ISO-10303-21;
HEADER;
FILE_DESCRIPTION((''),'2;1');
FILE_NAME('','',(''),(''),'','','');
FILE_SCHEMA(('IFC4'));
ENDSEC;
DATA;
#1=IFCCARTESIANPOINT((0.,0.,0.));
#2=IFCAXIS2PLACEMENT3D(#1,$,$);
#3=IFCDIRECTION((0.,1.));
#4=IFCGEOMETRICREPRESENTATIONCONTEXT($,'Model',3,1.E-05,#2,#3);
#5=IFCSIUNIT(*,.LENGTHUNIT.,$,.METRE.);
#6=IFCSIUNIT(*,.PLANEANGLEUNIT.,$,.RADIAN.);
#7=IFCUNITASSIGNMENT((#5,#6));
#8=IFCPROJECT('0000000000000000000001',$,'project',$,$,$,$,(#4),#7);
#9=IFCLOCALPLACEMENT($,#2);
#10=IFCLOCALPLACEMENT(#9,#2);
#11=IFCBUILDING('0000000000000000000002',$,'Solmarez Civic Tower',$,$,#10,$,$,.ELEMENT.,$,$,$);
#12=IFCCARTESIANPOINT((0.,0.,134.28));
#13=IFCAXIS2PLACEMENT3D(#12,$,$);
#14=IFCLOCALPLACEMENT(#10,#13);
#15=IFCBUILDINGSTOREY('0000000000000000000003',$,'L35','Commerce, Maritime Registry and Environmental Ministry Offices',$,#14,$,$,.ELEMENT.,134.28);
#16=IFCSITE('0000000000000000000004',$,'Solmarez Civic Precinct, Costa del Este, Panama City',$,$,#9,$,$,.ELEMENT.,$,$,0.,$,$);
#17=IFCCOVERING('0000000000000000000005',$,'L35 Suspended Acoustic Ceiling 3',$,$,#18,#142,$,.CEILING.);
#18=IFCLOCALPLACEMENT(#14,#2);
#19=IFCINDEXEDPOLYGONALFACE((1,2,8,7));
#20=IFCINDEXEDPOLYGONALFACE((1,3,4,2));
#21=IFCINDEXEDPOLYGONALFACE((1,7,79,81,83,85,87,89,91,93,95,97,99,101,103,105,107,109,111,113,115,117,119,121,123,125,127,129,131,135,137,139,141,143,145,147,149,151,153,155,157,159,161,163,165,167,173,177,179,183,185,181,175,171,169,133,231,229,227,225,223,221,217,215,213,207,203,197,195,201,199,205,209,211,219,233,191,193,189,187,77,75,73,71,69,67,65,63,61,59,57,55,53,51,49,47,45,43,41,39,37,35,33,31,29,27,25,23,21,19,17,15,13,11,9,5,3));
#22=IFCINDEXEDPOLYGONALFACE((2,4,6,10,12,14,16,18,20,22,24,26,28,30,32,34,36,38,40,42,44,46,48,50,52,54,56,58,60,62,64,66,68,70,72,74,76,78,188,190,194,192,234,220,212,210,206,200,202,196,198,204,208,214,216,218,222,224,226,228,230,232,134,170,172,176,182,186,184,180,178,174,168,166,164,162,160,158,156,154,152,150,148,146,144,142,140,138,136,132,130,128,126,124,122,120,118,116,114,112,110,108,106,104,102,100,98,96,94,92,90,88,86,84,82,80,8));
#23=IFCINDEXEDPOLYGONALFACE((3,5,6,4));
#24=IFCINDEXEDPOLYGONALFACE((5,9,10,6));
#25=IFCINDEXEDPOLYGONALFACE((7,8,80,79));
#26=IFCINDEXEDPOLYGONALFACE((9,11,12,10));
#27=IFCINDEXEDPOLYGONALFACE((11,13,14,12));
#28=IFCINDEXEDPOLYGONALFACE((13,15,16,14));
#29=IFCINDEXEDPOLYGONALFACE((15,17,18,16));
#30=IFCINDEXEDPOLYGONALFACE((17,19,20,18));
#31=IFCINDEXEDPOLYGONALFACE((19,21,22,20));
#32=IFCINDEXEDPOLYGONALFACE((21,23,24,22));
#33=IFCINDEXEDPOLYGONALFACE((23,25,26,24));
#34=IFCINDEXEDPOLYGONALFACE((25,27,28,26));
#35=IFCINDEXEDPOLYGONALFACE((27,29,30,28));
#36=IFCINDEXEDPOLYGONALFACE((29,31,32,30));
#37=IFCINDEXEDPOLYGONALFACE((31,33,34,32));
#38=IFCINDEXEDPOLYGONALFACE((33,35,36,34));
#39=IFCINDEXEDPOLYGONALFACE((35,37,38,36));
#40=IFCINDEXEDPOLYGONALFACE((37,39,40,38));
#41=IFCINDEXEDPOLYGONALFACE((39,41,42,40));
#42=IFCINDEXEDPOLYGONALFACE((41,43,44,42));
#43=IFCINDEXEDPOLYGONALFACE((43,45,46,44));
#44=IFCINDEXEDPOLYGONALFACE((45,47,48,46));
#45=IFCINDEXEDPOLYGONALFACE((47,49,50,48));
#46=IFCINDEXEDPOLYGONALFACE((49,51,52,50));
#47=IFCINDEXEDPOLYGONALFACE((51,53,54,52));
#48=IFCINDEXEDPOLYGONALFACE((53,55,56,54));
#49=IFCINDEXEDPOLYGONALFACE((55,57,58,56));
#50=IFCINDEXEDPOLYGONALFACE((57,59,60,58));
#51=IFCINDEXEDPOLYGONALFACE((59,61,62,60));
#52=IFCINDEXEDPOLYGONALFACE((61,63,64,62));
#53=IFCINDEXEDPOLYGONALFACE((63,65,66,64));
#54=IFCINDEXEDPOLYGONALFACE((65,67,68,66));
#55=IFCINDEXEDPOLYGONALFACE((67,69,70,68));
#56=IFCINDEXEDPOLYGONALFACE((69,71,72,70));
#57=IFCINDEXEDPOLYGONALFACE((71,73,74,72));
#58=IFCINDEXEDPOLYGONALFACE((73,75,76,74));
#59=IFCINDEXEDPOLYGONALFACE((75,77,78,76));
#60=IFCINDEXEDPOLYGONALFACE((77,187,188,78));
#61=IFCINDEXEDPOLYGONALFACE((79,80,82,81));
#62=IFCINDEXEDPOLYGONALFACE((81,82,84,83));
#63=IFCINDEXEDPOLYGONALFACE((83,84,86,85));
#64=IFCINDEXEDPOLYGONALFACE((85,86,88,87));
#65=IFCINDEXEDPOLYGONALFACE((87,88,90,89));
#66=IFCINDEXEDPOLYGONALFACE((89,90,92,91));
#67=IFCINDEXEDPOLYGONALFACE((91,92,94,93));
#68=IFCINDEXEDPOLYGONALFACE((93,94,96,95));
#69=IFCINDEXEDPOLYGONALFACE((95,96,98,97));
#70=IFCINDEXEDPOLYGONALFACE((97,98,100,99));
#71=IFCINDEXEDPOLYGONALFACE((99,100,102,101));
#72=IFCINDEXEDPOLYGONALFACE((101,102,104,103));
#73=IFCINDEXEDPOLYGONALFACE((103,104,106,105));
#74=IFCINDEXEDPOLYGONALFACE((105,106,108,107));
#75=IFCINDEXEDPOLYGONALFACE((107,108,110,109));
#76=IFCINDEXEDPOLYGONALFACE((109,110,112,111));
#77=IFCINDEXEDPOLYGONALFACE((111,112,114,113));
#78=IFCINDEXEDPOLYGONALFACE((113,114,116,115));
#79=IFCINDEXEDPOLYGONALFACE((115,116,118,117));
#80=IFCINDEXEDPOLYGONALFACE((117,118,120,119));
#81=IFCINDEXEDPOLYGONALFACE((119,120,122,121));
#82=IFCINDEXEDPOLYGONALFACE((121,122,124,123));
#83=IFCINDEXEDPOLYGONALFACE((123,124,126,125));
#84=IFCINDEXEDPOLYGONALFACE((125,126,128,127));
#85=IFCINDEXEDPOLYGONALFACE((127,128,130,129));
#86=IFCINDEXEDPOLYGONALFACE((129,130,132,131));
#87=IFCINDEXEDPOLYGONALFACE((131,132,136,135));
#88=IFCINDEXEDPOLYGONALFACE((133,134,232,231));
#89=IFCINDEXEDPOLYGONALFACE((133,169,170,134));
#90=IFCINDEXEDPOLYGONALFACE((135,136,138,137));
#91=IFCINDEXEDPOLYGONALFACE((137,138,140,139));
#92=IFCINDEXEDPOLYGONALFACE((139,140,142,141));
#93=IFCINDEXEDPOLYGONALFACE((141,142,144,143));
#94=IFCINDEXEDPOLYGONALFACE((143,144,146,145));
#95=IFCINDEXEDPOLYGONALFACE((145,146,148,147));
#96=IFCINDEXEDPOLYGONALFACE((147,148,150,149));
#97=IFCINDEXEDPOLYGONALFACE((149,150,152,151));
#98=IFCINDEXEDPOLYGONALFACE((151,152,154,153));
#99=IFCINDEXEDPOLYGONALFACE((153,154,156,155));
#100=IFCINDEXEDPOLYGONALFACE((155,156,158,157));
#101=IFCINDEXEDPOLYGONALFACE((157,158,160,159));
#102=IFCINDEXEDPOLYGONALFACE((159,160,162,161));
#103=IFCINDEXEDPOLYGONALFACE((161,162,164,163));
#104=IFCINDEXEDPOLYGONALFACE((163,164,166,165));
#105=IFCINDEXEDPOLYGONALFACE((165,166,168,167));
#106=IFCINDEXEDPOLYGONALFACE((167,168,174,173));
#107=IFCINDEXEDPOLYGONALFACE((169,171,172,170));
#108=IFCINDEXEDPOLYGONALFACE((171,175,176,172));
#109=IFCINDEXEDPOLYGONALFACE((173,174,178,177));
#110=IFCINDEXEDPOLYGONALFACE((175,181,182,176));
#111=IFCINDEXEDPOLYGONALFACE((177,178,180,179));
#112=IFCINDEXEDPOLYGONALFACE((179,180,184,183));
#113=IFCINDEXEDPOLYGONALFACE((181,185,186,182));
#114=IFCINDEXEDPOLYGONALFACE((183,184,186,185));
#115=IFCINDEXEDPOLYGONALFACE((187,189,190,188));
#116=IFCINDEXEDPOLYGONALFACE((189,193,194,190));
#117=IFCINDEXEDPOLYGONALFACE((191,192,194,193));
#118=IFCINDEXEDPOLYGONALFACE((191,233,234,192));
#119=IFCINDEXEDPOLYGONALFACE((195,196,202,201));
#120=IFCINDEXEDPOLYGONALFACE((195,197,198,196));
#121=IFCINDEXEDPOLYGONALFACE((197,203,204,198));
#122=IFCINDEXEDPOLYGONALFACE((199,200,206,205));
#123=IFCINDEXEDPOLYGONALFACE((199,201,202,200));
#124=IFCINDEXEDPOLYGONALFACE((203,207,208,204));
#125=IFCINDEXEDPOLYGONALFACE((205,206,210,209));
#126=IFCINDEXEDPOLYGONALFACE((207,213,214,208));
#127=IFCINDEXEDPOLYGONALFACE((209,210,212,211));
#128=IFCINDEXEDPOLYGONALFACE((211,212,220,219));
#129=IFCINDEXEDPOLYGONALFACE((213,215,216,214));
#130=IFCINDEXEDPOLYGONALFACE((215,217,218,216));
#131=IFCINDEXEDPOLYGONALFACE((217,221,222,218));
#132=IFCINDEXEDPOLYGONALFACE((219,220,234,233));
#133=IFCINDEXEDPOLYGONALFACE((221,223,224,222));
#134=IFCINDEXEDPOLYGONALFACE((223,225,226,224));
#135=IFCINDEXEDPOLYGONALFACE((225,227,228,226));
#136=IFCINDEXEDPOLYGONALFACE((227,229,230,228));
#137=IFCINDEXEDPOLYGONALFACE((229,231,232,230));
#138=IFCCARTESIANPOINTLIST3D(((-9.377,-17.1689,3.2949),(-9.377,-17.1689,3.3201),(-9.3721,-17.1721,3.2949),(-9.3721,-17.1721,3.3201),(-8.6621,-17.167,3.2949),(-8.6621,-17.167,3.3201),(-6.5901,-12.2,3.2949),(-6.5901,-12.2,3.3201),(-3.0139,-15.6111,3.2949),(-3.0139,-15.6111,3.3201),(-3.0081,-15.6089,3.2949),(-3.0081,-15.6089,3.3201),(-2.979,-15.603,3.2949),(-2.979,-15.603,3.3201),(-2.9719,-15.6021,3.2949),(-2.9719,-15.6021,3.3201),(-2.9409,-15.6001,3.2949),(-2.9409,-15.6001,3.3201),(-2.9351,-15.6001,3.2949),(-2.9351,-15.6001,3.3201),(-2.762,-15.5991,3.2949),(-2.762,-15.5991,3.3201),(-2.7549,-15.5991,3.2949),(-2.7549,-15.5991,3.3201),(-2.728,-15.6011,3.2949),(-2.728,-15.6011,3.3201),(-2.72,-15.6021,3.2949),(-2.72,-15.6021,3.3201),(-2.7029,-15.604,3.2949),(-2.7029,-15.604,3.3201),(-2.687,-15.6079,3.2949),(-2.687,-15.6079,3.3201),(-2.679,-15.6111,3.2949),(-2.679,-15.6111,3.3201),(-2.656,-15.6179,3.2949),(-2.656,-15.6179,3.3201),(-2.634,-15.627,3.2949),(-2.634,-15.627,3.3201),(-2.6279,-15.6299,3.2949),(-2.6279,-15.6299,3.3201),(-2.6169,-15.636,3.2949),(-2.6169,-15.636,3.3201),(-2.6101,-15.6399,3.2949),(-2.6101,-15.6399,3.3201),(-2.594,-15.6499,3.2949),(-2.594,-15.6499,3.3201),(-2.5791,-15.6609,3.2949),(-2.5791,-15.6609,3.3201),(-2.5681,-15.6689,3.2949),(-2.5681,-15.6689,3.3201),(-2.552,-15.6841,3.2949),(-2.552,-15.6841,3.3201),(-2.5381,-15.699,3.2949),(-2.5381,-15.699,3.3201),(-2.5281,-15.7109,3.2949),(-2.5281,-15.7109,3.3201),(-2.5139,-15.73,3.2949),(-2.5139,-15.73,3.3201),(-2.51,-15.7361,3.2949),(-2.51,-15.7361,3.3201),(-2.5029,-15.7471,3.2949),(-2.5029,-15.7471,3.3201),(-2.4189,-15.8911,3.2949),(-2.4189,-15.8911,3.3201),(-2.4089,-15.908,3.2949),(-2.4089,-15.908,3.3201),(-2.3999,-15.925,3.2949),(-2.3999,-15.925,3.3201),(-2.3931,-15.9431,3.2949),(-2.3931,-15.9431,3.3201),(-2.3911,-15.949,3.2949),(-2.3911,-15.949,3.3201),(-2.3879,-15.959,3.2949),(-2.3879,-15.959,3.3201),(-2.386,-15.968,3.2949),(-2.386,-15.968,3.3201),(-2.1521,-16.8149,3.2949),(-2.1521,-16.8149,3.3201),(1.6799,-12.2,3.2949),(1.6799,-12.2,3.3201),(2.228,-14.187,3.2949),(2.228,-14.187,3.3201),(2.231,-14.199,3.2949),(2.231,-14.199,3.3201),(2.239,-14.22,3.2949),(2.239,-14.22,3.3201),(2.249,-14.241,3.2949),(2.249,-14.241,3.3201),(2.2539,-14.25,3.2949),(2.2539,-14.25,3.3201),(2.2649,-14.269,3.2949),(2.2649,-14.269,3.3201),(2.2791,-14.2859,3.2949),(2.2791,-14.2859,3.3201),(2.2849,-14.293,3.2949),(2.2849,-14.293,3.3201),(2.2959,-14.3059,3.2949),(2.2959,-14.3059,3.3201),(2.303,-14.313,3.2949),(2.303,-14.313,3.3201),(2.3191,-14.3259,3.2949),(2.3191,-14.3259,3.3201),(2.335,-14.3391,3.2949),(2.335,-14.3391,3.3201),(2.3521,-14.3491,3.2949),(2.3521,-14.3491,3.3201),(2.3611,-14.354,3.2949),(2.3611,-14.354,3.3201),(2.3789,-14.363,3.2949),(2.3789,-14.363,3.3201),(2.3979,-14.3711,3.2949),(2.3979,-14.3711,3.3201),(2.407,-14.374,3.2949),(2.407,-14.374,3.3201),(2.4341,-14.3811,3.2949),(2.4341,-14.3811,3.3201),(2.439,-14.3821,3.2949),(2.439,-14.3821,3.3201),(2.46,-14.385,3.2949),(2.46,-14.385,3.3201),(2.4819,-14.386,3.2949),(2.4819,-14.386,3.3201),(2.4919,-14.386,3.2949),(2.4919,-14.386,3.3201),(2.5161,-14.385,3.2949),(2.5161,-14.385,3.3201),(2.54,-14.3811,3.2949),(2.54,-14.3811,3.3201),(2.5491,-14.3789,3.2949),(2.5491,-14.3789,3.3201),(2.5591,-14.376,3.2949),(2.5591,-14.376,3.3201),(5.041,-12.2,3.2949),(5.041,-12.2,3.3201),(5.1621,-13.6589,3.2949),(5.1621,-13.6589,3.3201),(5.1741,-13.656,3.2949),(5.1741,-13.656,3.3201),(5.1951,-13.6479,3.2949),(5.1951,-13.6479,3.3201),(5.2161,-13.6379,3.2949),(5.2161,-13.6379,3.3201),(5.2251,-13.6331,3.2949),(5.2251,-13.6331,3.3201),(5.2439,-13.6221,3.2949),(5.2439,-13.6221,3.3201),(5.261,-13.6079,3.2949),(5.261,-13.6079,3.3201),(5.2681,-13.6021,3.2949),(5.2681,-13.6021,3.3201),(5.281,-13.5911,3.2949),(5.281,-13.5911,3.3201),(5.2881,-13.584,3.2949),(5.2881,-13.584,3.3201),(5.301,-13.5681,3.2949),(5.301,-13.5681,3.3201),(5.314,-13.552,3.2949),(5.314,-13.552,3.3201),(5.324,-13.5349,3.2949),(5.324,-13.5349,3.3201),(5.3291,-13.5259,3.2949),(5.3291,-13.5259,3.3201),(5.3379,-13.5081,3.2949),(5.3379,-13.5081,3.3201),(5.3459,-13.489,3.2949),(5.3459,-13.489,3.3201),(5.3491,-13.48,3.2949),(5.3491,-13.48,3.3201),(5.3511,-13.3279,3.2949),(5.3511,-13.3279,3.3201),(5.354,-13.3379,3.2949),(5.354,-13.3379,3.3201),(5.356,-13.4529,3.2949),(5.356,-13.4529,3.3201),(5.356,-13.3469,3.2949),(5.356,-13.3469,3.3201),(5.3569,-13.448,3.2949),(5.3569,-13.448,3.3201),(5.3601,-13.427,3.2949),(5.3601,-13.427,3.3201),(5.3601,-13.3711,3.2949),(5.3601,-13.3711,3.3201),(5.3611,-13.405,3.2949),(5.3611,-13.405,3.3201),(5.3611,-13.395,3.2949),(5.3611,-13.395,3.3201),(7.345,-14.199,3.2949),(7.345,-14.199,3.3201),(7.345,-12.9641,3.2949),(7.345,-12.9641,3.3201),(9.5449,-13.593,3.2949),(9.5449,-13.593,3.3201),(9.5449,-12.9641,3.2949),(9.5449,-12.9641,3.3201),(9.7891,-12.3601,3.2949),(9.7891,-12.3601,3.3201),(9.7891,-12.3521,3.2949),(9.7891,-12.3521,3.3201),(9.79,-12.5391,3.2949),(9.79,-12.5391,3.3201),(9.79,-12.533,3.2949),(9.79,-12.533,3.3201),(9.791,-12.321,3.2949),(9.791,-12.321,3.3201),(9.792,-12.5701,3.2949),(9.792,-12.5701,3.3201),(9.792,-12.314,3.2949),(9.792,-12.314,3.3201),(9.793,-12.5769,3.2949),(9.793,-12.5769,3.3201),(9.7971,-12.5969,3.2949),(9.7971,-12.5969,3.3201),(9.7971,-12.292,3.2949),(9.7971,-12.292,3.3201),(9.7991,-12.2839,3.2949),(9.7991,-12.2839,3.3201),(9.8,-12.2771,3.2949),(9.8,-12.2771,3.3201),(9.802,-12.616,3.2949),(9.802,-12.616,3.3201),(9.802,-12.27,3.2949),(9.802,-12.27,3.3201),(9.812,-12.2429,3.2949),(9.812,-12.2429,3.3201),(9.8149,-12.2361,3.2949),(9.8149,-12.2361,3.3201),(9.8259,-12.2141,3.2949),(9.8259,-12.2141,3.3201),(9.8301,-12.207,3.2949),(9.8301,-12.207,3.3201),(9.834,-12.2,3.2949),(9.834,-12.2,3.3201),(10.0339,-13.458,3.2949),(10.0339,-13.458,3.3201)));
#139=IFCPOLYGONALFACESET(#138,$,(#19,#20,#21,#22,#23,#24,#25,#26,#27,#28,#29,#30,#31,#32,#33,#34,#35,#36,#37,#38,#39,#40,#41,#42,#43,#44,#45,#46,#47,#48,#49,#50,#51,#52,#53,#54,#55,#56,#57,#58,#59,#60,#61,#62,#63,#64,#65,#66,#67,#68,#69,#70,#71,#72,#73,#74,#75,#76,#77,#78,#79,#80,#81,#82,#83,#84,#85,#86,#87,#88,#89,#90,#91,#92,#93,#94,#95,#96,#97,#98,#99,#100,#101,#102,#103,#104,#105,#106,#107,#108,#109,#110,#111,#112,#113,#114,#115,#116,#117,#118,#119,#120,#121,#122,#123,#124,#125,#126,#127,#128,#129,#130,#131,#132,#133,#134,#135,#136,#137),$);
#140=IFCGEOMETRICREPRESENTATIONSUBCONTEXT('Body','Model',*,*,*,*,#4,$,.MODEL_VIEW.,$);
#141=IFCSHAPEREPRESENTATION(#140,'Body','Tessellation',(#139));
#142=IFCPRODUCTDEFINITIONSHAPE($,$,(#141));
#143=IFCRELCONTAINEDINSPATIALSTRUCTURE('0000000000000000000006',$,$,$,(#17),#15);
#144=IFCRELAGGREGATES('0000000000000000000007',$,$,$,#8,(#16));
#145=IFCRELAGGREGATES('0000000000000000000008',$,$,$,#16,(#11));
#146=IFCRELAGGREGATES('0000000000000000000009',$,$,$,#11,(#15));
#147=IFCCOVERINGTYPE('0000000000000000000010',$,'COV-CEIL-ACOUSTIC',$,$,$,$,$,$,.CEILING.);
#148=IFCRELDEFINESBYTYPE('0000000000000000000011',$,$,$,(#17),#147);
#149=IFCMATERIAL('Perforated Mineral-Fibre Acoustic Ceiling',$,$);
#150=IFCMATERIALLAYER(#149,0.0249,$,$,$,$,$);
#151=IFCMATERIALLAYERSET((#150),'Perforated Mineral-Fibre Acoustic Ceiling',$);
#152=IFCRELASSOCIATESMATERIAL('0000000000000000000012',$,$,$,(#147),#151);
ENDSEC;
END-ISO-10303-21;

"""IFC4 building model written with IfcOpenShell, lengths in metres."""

from ifc_helpers import new_model, si_unit, direction, frame, origin, place, context, subcontext, project, spatial, polyline, outline, extrude, material, layer, layer_set, type_object, element, save


model = new_model("IFC4")

# Units and contexts
model_context = context("Model", 3, precision=1e-05, world=origin(), true_north=direction((0.0, 1.0)))
body_context = subcontext(model_context, "Body", "Model", "MODEL_VIEW")
ifc_project = project(units=[si_unit("LENGTHUNIT", "METRE"), si_unit("PLANEANGLEUNIT", "RADIAN")], contexts=[model_context])

# Site, building, storey
site_placement = place(None, origin())
site = spatial("IfcSite", under=ifc_project, at=site_placement, Name="Solmarez Civic Precinct, Costa del Este, Panama City", CompositionType="ELEMENT", RefElevation=0.0)
building_placement = place(site_placement, origin())
building = spatial("IfcBuilding", under=site, at=building_placement, Name="Solmarez Civic Tower", CompositionType="ELEMENT")
storey_placement = place(building_placement, frame((0.0, 0.0, 134.28)))
storey = spatial("IfcBuildingStorey", under=building, at=storey_placement, Name="L35", Description="Commerce, Maritime Registry and Environmental Ministry Offices", CompositionType="ELEMENT", Elevation=134.28)

# Covering
ifc_material_1 = material(Name="Perforated Mineral-Fibre Acoustic Ceiling")
ifc_layer_1 = layer(ifc_material_1, 0.0249)
ifc_layer_set_1 = layer_set([ifc_layer_1], Name="Perforated Mineral-Fibre Acoustic Ceiling")
covering_type_1 = type_object("IfcCoveringType", Name="COV-CEIL-ACOUSTIC", PredefinedType="CEILING", material=ifc_layer_set_1)
covering_1_placement = place(storey_placement, frame((0.0, 0.0, 3.2949)))
element("IfcCovering", 1, at=covering_1_placement, inside=storey, type_object=covering_type_1, Name="L35 Suspended Acoustic Ceiling 3", PredefinedType="CEILING", context=body_context, shape_type="SweptSolid", body=[
    extrude(outline(polyline([(-2.5791, -15.6609), (-2.5681, -15.6689), (-2.552, -15.6841), (-2.5381, -15.699), (-2.5281, -15.7109), (-2.5139, -15.73), (-2.51, -15.7361), (-2.5029, -15.7471), (-2.4189, -15.8911), (-2.4089, -15.908), (-2.3999, -15.925), (-2.3931, -15.9431), (-2.3911, -15.949), (-2.3879, -15.959), (-2.386, -15.968), (-2.1521, -16.8149), (7.345, -14.199), (7.345, -12.9641), (9.5449, -12.9641), (9.5449, -13.593), (10.0339, -13.458), (9.802, -12.616), (9.7971, -12.5969), (9.793, -12.5769), (9.792, -12.5701), (9.79, -12.5391), (9.79, -12.533), (9.7891, -12.3601), (9.7891, -12.3521), (9.791, -12.321), (9.792, -12.314), (9.7971, -12.292), (9.7991, -12.2839), (9.8, -12.2771), (9.802, -12.27), (9.812, -12.2429), (9.8149, -12.2361), (9.8259, -12.2141), (9.8301, -12.207), (9.834, -12.2), (5.041, -12.2), (5.3511, -13.3279), (5.354, -13.3379), (5.356, -13.3469), (5.3601, -13.3711), (5.3611, -13.395), (5.3611, -13.405), (5.3601, -13.427), (5.3569, -13.448), (5.356, -13.4529), (5.3491, -13.48), (5.3459, -13.489), (5.3379, -13.5081), (5.3291, -13.5259), (5.324, -13.5349), (5.314, -13.552), (5.301, -13.5681), (5.2881, -13.584), (5.281, -13.5911), (5.2681, -13.6021), (5.261, -13.6079), (5.2439, -13.6221), (5.2251, -13.6331), (5.2161, -13.6379), (5.1951, -13.6479), (5.1741, -13.656), (5.1621, -13.6589), (2.5591, -14.376), (2.5491, -14.3789), (2.54, -14.3811), (2.5161, -14.385), (2.4919, -14.386), (2.4819, -14.386), (2.46, -14.385), (2.439, -14.3821), (2.4341, -14.3811), (2.407, -14.374), (2.3979, -14.3711), (2.3789, -14.363), (2.3611, -14.354), (2.3521, -14.3491), (2.335, -14.3391), (2.3191, -14.3259), (2.303, -14.313), (2.2959, -14.3059), (2.2849, -14.293), (2.2791, -14.2859), (2.2649, -14.269), (2.2539, -14.25), (2.249, -14.241), (2.239, -14.22), (2.231, -14.199), (2.228, -14.187), (1.6799, -12.2), (-6.5901, -12.2), (-9.377, -17.1689), (-9.3721, -17.1721), (-8.6621, -17.167), (-3.0139, -15.6111), (-3.0081, -15.6089), (-2.979, -15.603), (-2.9719, -15.6021), (-2.9409, -15.6001), (-2.9351, -15.6001), (-2.762, -15.5991), (-2.7549, -15.5991), (-2.728, -15.6011), (-2.72, -15.6021), (-2.7029, -15.604), (-2.687, -15.6079), (-2.679, -15.6111), (-2.656, -15.6179), (-2.634, -15.627), (-2.6279, -15.6299), (-2.6169, -15.636), (-2.6101, -15.6399), (-2.594, -15.6499), (-2.5791, -15.6609)])), origin(), (0.0, 0.0, 1.0), 0.0251),
])

save(model, "model.ifc")
